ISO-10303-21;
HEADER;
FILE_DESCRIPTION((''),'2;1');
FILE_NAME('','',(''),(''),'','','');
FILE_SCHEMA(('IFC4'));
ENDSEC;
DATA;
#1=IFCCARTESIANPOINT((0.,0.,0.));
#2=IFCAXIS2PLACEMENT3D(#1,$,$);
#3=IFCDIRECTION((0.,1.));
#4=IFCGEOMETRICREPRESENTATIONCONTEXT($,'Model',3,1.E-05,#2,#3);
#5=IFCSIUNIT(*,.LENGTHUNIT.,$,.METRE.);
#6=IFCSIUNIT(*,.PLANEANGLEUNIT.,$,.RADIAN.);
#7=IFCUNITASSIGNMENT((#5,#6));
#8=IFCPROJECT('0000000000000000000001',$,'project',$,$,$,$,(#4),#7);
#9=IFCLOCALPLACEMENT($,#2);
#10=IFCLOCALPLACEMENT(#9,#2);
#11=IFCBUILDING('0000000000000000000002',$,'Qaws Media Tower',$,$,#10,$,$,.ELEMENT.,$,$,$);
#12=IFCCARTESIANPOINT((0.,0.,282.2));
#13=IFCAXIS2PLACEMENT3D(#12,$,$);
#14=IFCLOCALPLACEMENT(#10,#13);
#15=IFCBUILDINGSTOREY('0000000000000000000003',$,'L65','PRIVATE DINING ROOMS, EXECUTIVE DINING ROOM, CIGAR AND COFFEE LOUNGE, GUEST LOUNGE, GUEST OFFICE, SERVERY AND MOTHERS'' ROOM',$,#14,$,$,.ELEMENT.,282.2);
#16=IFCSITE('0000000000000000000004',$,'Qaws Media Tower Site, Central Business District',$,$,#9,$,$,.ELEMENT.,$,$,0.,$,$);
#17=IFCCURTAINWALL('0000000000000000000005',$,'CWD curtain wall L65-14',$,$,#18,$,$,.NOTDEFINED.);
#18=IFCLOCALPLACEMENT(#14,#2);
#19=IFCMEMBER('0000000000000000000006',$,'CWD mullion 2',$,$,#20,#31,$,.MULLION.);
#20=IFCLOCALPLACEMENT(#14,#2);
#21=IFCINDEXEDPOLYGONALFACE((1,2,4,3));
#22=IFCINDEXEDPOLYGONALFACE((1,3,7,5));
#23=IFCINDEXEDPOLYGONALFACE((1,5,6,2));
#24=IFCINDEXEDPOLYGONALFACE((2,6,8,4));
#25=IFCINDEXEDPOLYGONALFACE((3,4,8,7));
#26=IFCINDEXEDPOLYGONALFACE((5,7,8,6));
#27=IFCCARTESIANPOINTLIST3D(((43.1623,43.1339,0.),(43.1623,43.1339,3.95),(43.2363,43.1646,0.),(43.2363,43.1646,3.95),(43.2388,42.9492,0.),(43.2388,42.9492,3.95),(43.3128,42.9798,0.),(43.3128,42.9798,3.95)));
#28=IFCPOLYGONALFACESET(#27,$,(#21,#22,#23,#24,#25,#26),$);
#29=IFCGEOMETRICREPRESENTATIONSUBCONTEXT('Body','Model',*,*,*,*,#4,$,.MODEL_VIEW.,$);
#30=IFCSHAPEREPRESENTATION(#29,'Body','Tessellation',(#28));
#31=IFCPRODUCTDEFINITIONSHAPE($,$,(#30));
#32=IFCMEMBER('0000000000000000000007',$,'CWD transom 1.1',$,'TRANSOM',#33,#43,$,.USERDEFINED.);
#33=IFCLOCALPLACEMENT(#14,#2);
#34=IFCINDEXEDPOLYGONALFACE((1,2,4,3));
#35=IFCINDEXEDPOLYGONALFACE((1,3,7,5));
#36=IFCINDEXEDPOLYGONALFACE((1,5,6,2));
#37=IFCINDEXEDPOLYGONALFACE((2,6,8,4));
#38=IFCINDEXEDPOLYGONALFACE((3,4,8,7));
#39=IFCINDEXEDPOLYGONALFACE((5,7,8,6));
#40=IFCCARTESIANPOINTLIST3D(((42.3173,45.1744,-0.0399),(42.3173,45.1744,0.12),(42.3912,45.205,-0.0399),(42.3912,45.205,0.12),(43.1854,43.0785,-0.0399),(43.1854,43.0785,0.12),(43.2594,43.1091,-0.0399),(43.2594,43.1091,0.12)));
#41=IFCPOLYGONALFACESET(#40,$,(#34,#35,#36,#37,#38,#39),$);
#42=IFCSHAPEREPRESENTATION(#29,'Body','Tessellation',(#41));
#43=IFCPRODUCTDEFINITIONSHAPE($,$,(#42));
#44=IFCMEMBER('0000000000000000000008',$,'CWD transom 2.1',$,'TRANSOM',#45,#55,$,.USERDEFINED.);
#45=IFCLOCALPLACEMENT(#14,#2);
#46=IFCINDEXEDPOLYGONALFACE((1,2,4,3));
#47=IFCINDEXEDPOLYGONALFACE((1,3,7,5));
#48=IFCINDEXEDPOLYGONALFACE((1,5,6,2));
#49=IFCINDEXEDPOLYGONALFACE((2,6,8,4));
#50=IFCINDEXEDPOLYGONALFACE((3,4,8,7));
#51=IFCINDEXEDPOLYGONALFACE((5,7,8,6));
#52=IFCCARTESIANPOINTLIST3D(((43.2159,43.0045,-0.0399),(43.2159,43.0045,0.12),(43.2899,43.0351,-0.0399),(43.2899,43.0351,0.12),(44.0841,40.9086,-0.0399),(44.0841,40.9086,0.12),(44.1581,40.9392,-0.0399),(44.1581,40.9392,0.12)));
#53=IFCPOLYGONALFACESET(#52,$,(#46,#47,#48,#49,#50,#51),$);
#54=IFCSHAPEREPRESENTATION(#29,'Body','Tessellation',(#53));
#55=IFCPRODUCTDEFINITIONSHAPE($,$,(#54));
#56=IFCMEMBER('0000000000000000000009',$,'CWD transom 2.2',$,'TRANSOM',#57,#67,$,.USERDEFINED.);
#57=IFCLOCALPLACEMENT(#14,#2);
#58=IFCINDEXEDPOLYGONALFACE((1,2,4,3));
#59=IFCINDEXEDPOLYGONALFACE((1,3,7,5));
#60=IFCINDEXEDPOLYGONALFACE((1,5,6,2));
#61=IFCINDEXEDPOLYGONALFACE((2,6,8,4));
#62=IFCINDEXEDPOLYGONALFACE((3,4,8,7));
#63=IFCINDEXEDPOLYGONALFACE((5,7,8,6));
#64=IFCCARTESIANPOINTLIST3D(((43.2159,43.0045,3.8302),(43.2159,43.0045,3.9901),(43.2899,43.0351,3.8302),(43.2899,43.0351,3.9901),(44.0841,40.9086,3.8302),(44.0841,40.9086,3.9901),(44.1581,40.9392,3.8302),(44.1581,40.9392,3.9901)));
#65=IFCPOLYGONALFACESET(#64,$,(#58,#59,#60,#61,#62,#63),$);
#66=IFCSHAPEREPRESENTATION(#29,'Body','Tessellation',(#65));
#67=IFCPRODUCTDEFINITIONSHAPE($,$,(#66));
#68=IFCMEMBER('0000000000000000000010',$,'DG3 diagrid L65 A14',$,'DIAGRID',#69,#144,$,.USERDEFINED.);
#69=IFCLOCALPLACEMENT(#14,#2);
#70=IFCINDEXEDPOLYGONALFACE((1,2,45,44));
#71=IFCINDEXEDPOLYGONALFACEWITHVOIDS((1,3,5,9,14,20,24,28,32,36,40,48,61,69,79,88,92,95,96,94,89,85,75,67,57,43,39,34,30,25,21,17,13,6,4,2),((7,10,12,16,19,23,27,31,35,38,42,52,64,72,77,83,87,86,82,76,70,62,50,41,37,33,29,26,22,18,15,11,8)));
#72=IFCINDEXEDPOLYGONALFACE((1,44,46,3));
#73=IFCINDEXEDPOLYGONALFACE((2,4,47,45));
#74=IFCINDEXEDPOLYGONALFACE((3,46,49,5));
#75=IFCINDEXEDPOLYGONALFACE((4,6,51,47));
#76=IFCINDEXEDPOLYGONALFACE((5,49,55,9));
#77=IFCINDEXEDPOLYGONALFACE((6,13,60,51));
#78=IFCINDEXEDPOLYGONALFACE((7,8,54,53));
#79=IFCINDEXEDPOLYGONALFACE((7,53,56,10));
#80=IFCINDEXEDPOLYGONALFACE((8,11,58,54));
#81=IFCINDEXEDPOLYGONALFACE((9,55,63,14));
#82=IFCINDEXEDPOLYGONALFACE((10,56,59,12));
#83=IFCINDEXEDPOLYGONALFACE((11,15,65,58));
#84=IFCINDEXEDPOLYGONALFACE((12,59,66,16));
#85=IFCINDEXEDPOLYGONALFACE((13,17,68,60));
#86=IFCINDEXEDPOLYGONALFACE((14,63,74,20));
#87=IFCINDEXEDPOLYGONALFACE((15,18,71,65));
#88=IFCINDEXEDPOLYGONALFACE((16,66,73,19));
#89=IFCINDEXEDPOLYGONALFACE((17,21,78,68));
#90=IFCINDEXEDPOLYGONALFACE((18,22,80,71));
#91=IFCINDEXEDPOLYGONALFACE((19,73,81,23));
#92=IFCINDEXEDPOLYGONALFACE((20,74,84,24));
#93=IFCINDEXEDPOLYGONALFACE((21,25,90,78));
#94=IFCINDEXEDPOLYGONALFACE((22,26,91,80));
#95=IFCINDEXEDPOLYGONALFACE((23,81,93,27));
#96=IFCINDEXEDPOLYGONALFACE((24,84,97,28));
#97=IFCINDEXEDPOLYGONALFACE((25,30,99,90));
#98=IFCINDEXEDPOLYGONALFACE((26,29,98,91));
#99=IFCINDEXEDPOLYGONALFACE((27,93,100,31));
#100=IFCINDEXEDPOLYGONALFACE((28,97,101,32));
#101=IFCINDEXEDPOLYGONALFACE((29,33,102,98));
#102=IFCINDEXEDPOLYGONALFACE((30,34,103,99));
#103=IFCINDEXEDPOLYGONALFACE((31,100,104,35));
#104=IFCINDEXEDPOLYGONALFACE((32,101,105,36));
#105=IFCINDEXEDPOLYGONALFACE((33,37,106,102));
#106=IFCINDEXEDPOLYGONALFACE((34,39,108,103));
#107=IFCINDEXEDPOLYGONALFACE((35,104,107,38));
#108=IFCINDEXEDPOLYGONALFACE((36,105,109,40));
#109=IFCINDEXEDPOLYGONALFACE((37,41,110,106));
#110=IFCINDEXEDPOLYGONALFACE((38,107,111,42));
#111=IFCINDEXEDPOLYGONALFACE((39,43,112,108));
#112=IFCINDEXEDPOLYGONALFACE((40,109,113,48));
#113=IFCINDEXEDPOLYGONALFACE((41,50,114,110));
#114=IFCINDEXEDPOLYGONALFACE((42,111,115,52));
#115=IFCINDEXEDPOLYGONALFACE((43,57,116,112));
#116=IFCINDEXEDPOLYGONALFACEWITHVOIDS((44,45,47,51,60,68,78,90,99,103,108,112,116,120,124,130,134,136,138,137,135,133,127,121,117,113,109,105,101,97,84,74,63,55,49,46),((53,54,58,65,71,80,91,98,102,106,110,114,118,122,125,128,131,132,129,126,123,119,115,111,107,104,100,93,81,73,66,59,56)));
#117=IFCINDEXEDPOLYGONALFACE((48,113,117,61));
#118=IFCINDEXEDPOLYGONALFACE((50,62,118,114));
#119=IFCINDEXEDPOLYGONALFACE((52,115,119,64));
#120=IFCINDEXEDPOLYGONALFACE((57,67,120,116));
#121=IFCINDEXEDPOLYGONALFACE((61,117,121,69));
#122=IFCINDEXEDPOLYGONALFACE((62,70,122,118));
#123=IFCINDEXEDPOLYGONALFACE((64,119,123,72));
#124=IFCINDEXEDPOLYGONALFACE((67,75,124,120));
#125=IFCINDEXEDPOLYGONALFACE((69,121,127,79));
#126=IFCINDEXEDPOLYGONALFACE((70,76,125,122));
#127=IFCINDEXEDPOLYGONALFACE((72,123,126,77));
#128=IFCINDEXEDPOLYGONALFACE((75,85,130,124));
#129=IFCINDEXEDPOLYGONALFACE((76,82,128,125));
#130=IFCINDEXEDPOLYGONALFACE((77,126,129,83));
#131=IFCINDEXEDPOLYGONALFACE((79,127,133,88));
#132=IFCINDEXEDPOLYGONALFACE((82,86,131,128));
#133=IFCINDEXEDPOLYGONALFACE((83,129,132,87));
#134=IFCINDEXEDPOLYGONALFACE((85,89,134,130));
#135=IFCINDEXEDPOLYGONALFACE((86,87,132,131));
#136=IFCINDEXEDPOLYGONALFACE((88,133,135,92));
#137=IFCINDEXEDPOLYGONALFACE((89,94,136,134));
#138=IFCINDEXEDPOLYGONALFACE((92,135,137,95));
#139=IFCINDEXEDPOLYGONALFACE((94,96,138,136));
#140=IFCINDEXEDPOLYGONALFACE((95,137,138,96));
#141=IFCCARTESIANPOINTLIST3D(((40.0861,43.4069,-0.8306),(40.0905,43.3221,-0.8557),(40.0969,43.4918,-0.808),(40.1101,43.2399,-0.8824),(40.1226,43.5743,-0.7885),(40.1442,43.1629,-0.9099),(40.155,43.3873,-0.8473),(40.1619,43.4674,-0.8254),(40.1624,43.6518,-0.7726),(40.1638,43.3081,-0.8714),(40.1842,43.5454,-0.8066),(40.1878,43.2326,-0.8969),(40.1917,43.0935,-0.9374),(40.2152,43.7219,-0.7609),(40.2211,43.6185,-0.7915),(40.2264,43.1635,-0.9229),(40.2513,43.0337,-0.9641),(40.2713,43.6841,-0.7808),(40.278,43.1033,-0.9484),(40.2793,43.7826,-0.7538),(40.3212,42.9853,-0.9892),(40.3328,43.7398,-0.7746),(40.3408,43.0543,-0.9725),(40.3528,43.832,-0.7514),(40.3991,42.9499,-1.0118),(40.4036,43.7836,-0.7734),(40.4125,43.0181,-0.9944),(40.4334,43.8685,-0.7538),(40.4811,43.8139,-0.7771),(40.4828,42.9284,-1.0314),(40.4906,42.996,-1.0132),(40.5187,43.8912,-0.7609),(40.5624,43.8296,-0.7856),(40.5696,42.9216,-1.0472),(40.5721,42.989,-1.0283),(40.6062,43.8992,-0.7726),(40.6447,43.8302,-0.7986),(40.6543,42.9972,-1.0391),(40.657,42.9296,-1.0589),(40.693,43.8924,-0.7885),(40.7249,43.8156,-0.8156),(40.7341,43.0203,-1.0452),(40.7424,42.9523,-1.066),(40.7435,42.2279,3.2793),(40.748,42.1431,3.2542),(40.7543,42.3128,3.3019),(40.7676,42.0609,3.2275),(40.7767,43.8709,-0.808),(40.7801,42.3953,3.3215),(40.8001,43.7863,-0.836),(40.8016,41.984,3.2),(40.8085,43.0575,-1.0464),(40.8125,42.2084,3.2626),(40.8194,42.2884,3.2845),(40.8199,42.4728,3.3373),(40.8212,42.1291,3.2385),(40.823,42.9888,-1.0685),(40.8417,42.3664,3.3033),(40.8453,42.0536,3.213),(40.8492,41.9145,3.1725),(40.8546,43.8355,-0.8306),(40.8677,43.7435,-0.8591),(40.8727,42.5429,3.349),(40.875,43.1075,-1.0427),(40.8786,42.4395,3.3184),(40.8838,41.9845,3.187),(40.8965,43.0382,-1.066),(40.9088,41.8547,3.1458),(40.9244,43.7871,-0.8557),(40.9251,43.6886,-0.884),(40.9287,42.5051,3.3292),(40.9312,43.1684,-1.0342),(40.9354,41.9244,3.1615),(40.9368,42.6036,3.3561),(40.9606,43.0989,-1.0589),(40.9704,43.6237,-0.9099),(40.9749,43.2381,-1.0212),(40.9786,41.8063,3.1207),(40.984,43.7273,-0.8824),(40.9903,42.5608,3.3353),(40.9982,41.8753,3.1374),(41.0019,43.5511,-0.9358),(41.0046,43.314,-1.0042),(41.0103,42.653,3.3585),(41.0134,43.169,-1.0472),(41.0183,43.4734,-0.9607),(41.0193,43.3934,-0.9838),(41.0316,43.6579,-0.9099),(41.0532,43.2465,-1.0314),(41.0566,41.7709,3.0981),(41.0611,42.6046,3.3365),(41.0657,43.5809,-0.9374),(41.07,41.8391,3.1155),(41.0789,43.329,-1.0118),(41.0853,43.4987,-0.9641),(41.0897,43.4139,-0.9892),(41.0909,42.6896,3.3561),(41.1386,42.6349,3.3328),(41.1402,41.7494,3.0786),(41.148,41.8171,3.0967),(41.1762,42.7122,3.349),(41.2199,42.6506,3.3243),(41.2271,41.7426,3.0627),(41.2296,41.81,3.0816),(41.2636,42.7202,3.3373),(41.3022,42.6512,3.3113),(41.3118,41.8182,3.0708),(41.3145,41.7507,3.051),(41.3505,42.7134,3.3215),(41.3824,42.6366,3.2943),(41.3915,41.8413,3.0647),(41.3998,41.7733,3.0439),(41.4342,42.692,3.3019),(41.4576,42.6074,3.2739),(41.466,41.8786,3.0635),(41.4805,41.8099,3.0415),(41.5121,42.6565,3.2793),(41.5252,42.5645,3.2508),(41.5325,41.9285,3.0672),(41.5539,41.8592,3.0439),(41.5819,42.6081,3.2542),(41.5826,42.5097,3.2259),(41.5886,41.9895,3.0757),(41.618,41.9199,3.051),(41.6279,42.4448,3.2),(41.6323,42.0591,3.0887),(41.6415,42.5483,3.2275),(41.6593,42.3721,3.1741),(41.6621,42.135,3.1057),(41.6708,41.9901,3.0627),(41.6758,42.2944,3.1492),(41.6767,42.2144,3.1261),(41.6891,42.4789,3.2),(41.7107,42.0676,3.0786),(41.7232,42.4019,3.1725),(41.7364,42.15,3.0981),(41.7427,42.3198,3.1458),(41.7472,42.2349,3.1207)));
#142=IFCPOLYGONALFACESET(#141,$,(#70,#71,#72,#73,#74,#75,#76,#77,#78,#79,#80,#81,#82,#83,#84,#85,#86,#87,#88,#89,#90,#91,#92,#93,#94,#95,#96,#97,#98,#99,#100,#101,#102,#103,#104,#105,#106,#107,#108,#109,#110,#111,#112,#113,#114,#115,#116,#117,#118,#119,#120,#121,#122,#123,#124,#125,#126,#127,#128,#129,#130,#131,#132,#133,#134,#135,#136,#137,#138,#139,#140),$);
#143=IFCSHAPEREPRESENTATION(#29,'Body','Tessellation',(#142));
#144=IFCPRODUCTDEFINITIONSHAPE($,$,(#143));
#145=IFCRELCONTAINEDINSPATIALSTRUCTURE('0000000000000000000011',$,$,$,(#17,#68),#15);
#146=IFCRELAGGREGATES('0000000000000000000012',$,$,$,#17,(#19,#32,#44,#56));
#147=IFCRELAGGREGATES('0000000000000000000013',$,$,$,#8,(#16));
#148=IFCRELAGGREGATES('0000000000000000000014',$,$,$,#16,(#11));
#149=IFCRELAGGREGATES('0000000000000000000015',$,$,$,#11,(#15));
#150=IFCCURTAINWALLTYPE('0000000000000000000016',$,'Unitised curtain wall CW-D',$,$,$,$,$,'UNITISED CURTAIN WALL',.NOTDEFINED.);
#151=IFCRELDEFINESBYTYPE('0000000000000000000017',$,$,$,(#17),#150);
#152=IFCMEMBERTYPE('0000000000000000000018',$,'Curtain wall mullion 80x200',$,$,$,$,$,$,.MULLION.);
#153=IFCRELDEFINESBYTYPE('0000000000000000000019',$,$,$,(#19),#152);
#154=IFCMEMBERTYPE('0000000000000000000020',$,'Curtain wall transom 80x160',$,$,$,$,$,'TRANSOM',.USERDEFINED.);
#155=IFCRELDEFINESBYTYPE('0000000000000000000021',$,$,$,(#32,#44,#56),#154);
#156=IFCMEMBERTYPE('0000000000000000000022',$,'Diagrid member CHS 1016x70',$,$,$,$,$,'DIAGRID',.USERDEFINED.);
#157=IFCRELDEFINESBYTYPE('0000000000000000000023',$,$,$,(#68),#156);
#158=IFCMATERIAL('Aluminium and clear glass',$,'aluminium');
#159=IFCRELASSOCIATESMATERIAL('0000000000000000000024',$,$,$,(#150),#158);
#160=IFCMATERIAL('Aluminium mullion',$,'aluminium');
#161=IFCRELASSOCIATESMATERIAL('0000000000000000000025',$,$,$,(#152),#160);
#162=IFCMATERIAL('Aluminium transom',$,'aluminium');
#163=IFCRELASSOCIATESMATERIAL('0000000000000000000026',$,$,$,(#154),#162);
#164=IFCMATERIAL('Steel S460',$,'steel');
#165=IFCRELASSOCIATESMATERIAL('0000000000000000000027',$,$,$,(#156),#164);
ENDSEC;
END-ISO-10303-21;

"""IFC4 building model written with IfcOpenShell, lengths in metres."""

from ifc_helpers import new_model, si_unit, direction, frame, origin, origin_2d, place, context, subcontext, project, spatial, rectangle, hollow_circle, extrude, material, material_profile, profile_set, type_object, element, aggregate, save


model = new_model("IFC4")

# Units and contexts
model_context = context("Model", 3, precision=1e-05, world=origin(), true_north=direction((0.0, 1.0)))
body_context = subcontext(model_context, "Body", "Model", "MODEL_VIEW")
ifc_project = project(units=[si_unit("LENGTHUNIT", "METRE"), si_unit("PLANEANGLEUNIT", "RADIAN")], contexts=[model_context])

# Site, building, storey
site_placement = place(None, origin())
site = spatial("IfcSite", under=ifc_project, at=site_placement, Name="Qaws Media Tower Site, Central Business District", CompositionType="ELEMENT", RefElevation=0.0)
building_placement = place(site_placement, origin())
building = spatial("IfcBuilding", under=site, at=building_placement, Name="Qaws Media Tower", CompositionType="ELEMENT")
storey_placement = place(building_placement, frame((0.0, 0.0, 282.2)))
storey = spatial("IfcBuildingStorey", under=building, at=storey_placement, Name="L65", Description="PRIVATE DINING ROOMS, EXECUTIVE DINING ROOM, CIGAR AND COFFEE LOUNGE, GUEST LOUNGE, GUEST OFFICE, SERVERY AND MOTHERS' ROOM", CompositionType="ELEMENT", Elevation=282.2)

# Curtain wall, members
ifc_material_1 = material(Name="Aluminium and clear glass", Category="aluminium")
curtain_wall_type = type_object("IfcCurtainWallType", Name="Unitised curtain wall CW-D", ElementType="UNITISED CURTAIN WALL", PredefinedType="NOTDEFINED", material=ifc_material_1)
curtain_wall_placement = place(storey_placement, origin())
curtain_wall = element("IfcCurtainWall", 1, at=curtain_wall_placement, inside=storey, type_object=curtain_wall_type, Name="CWD curtain wall L65-14", PredefinedType="NOTDEFINED")
ifc_material_2 = material(Name="Aluminium mullion", Category="aluminium")
ifc_material_profile_1 = material_profile(ifc_material_2, rectangle(XDim=0.0801, YDim=0.2, at=origin_2d()), Name="80x200")
ifc_profile_set_1 = profile_set([ifc_material_profile_1], Name="Aluminium mullion")
member_type_1 = type_object("IfcMemberType", Name="Curtain wall mullion 80x200", PredefinedType="MULLION", material=ifc_profile_set_1)
member_1_placement = place(storey_placement, frame((43.2375, 43.0569, 0.0), z_axis=(0.0, 0.0, 1.0), x_axis=(0.923879, 0.382684, 0.0)))
member_1 = element("IfcMember", 2, at=member_1_placement, type_object=member_type_1, Name="CWD mullion 2", PredefinedType="MULLION", context=body_context, shape_type="SweptSolid", body=[
    extrude(rectangle(XDim=0.0801, YDim=0.2, at=origin_2d()), origin(), (0.0, 0.0, 1.0), 3.95),
])
ifc_material_3 = material(Name="Aluminium transom", Category="aluminium")
ifc_material_profile_2 = material_profile(ifc_material_3, rectangle(XDim=0.0801, YDim=0.1599, at=origin_2d()), Name="80x160")
ifc_profile_set_2 = profile_set([ifc_material_profile_2], Name="Aluminium transom")
member_type_2 = type_object("IfcMemberType", Name="Curtain wall transom 80x160", ElementType="TRANSOM", PredefinedType="USERDEFINED", material=ifc_profile_set_2)
member_2_placement = place(storey_placement, frame((42.3542, 45.1897, 0.04), z_axis=(0.382681, -0.92388, 0.0), x_axis=(0.92388, 0.382681, 0.0)))
member_2 = element("IfcMember", 3, at=member_2_placement, type_object=member_type_2, Name="CWD transom 1.1", ObjectType="TRANSOM", PredefinedType="USERDEFINED", context=body_context, shape_type="SweptSolid", body=[
    extrude(rectangle(XDim=0.0801, YDim=0.1599, at=origin_2d()), origin(), (0.0, 0.0, 1.0), 2.2686),
])
member_3_placement = place(storey_placement, frame((43.2529, 43.0198, 0.04), z_axis=(0.382681, -0.92388, 0.0), x_axis=(0.92388, 0.382681, 0.0)))
member_3 = element("IfcMember", 4, at=member_3_placement, type_object=member_type_2, Name="CWD transom 2.1", ObjectType="TRANSOM", PredefinedType="USERDEFINED", context=body_context, shape_type="SweptSolid", body=[
    extrude(rectangle(XDim=0.0801, YDim=0.1599, at=origin_2d()), origin(), (0.0, 0.0, 1.0), 2.2686),
])
member_4_placement = place(storey_placement, frame((43.2529, 43.0198, 3.9102), z_axis=(0.382681, -0.92388, 0.0), x_axis=(0.92388, 0.382681, 0.0)))
member_4 = element("IfcMember", 5, at=member_4_placement, type_object=member_type_2, Name="CWD transom 2.2", ObjectType="TRANSOM", PredefinedType="USERDEFINED", context=body_context, shape_type="SweptSolid", body=[
    extrude(rectangle(XDim=0.0801, YDim=0.1599, at=origin_2d()), origin(), (0.0, 0.0, 1.0), 2.2686),
])

# Member
ifc_material_4 = material(Name="Steel S460", Category="steel")
ifc_material_profile_3 = material_profile(ifc_material_4, hollow_circle(Radius=0.5081, WallThickness=0.0701, at=origin_2d()), Name="CHS 1016x70")
ifc_profile_set_3 = profile_set([ifc_material_profile_3], Name="Steel S460")
member_type_3 = type_object("IfcMemberType", Name="Diagrid member CHS 1016x70", ElementType="DIAGRID", PredefinedType="USERDEFINED", material=ifc_profile_set_3)
for number, where, z_axis, x_axis, name in (
    (6, (40.5879, 43.4104, -0.9099), (0.151986, -0.272536, 0.950066), (0.873371, 0.487055, 0.0), "DG3 diagrid L65 A14"),
):
    element("IfcMember", number, at=place(storey_placement, frame(where, z_axis=z_axis, x_axis=x_axis)), inside=storey, type_object=member_type_3, Name=name, ObjectType="DIAGRID", PredefinedType="USERDEFINED", context=body_context, shape_type="SweptSolid", body=[
        extrude(hollow_circle(Radius=0.5081, WallThickness=0.0701, at=origin_2d()), origin(), (0.0, 0.0, 1.0), 4.3259),
    ])

aggregate(curtain_wall, [member_1, member_2, member_3, member_4])

save(model, "model.ifc")
